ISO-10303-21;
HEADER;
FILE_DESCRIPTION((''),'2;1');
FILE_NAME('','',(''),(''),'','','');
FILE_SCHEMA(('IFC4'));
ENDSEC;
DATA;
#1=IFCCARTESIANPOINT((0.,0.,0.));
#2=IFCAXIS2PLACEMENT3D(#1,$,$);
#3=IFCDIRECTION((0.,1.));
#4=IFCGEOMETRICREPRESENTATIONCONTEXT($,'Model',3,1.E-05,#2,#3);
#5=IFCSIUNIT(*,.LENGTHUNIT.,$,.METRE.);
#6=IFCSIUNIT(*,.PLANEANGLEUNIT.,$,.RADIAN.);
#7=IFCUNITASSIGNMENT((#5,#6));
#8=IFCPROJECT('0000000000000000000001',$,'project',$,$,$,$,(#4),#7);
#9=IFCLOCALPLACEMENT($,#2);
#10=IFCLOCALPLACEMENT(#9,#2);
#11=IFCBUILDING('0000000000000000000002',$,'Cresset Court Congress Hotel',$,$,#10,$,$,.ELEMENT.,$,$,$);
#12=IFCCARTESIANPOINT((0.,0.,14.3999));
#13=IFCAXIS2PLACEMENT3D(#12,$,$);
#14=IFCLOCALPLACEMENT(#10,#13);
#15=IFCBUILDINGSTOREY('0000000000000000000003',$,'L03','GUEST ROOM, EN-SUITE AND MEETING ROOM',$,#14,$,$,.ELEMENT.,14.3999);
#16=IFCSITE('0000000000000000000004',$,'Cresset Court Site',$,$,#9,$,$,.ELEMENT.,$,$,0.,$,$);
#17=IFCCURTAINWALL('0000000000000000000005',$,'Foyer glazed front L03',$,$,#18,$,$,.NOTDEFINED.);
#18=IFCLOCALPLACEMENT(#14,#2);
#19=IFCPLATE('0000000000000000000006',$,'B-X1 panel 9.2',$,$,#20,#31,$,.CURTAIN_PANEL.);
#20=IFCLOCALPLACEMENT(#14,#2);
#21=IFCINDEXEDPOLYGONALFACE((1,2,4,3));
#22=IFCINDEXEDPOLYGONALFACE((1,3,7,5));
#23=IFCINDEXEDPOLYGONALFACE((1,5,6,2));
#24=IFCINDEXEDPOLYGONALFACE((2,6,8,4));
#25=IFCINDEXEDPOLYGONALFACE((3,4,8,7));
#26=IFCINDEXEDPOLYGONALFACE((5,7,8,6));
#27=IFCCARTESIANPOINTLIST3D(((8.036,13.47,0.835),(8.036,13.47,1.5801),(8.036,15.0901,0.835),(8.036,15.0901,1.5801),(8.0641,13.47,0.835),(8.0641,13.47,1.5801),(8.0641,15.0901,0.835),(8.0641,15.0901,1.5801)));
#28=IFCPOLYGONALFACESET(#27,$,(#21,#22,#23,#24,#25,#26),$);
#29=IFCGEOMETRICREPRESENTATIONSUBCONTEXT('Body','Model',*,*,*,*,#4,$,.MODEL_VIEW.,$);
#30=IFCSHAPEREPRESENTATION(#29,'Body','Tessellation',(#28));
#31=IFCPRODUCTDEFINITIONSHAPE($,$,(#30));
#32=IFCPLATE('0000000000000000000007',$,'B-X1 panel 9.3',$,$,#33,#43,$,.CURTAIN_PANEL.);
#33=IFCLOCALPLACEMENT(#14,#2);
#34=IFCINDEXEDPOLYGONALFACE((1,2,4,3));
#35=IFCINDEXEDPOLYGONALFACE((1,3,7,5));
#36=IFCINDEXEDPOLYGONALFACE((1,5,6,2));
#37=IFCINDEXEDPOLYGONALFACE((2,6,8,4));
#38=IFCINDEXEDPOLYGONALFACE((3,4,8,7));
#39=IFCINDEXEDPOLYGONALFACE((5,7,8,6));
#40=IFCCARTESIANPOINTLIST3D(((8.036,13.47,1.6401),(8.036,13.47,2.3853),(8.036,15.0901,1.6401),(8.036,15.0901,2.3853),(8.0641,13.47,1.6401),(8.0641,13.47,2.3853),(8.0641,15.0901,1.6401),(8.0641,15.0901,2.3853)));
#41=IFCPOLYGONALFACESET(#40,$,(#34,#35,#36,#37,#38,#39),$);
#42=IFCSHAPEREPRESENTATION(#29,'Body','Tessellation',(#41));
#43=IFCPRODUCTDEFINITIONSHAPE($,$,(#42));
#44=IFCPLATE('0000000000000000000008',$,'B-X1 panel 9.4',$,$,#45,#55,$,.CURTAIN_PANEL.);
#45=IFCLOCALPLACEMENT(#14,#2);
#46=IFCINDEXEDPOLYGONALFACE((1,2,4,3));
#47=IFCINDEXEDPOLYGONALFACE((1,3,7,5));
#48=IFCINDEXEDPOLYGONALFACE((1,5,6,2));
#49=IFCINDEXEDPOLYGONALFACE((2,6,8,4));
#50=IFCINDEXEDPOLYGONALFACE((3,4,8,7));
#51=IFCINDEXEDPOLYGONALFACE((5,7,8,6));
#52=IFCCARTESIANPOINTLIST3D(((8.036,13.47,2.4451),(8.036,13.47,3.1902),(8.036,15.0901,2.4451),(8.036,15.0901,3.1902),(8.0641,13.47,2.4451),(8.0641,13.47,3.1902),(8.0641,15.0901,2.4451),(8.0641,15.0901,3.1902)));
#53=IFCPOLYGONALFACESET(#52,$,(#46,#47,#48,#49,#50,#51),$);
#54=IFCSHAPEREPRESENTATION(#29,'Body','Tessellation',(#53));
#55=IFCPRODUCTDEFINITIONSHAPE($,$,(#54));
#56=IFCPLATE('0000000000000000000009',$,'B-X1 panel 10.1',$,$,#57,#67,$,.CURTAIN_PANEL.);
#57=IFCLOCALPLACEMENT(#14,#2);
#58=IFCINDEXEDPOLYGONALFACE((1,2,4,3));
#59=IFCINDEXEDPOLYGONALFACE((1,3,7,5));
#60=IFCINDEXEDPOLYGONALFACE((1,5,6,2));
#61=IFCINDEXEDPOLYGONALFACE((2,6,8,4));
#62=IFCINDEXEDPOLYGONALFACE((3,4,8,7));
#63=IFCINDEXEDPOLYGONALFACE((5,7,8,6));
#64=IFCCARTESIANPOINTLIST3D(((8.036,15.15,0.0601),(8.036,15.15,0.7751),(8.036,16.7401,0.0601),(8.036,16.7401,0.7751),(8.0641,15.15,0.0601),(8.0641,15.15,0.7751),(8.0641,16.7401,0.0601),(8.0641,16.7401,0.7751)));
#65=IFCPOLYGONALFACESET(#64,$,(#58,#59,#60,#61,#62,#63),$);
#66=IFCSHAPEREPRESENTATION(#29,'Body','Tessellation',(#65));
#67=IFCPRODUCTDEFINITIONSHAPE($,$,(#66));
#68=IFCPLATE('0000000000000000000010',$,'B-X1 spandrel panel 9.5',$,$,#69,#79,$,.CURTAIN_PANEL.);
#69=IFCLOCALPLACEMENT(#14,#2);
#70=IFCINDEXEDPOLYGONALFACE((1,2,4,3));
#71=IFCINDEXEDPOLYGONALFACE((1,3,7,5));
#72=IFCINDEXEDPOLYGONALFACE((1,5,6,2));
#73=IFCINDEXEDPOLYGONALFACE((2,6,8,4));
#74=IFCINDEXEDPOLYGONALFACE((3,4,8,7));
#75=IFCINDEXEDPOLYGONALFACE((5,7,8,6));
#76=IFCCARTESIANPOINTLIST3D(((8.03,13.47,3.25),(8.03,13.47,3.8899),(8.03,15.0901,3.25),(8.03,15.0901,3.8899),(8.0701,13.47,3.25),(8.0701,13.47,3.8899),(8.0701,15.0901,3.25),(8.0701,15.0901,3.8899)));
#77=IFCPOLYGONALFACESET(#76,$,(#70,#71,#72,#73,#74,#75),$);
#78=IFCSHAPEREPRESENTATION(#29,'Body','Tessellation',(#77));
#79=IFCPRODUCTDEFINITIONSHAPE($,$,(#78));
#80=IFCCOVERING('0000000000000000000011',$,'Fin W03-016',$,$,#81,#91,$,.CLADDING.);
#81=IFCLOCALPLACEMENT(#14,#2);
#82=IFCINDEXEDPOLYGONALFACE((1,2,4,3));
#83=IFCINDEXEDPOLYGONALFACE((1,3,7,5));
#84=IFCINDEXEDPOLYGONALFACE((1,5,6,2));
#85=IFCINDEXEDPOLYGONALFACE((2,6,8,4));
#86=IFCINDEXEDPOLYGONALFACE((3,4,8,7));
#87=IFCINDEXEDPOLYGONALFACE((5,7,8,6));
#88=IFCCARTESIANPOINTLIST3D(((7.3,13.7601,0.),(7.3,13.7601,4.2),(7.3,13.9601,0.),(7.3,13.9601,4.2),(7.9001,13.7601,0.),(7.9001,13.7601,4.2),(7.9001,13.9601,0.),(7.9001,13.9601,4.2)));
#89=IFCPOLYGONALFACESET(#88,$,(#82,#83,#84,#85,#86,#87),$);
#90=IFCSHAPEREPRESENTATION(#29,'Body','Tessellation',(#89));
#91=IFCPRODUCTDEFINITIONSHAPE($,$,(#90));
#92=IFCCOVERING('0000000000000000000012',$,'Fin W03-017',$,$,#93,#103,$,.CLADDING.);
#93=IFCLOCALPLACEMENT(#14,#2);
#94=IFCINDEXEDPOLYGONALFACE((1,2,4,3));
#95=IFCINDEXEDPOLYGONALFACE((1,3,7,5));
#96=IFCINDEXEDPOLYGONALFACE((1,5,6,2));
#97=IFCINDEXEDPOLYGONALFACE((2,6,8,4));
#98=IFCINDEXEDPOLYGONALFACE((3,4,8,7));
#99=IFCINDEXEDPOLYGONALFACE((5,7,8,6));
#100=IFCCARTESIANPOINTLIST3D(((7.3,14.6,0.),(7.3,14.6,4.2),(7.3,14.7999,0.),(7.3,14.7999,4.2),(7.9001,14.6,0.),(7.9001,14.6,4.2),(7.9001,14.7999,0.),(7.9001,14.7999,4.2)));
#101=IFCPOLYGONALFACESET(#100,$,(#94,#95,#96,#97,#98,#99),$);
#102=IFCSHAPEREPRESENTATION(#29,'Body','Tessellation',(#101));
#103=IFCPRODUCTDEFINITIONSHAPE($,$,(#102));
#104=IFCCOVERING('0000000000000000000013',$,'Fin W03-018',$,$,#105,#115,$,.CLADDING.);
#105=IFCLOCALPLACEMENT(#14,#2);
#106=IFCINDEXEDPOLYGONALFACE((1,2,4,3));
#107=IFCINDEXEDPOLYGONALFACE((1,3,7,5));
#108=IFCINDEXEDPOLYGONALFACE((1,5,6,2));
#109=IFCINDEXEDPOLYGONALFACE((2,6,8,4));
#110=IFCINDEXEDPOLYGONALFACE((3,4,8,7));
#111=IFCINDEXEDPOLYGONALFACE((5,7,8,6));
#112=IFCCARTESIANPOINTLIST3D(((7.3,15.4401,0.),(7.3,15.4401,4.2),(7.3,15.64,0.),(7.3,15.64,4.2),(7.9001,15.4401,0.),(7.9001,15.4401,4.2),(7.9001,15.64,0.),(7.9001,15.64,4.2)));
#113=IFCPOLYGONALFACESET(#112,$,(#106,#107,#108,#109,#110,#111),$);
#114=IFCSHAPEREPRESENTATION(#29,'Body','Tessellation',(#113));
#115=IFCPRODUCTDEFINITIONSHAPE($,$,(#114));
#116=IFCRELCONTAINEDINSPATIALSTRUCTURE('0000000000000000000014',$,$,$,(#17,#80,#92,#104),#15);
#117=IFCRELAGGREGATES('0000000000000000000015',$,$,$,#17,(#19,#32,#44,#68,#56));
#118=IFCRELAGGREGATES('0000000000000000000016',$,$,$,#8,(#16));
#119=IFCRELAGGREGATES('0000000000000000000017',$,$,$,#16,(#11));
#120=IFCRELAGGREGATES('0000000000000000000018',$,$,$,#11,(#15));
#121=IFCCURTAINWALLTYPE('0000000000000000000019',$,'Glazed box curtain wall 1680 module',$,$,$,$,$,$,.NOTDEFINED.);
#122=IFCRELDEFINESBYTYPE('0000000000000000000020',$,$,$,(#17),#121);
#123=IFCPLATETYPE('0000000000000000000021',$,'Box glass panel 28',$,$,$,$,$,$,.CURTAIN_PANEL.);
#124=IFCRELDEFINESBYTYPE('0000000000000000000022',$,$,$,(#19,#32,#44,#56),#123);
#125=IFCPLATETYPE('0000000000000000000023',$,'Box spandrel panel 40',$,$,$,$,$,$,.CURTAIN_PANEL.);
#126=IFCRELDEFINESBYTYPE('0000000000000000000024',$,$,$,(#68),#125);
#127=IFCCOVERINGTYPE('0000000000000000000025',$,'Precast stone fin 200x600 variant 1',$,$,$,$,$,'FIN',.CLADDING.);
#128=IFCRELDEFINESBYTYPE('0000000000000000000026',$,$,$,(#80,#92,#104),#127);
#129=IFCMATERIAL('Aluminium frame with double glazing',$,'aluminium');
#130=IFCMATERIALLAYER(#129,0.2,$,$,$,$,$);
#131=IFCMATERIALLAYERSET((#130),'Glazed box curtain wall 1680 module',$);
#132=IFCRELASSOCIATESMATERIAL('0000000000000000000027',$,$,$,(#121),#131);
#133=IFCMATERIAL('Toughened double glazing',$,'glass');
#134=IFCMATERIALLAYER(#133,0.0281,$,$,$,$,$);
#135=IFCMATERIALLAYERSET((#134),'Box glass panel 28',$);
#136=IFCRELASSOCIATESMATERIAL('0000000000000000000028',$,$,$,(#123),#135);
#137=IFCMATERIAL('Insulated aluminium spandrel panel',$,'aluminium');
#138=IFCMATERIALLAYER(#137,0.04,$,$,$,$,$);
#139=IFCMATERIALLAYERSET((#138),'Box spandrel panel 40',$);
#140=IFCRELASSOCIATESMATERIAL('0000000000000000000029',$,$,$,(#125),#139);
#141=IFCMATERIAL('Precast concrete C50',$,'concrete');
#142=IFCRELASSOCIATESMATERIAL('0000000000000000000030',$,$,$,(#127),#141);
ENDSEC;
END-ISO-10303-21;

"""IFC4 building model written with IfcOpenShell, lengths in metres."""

from ifc_helpers import new_model, si_unit, direction, frame, origin, origin_2d, place, context, subcontext, project, spatial, rectangle, extrude, material, layer, layer_set, type_object, element, aggregate, save


model = new_model("IFC4")

# Units and contexts
model_context = context("Model", 3, precision=1e-05, world=origin(), true_north=direction((0.0, 1.0)))
body_context = subcontext(model_context, "Body", "Model", "MODEL_VIEW")
ifc_project = project(units=[si_unit("LENGTHUNIT", "METRE"), si_unit("PLANEANGLEUNIT", "RADIAN")], contexts=[model_context])

# Site, building, storey
site_placement = place(None, origin())
site = spatial("IfcSite", under=ifc_project, at=site_placement, Name="Cresset Court Site", CompositionType="ELEMENT", RefElevation=0.0)
building_placement = place(site_placement, origin())
building = spatial("IfcBuilding", under=site, at=building_placement, Name="Cresset Court Congress Hotel", CompositionType="ELEMENT")
storey_placement = place(building_placement, frame((0.0, 0.0, 14.3999)))
storey = spatial("IfcBuildingStorey", under=building, at=storey_placement, Name="L03", Description="GUEST ROOM, EN-SUITE AND MEETING ROOM", CompositionType="ELEMENT", Elevation=14.3999)

# Curtain wall, plates
ifc_material_1 = material(Name="Aluminium frame with double glazing", Category="aluminium")
ifc_layer_1 = layer(ifc_material_1, 0.2)
ifc_layer_set_1 = layer_set([ifc_layer_1], Name="Glazed box curtain wall 1680 module")
curtain_wall_type = type_object("IfcCurtainWallType", Name="Glazed box curtain wall 1680 module", PredefinedType="NOTDEFINED", material=ifc_layer_set_1)
curtain_wall_placement = place(storey_placement, origin())
curtain_wall = element("IfcCurtainWall", 1, at=curtain_wall_placement, inside=storey, type_object=curtain_wall_type, Name="Foyer glazed front L03", PredefinedType="NOTDEFINED")
ifc_material_2 = material(Name="Toughened double glazing", Category="glass")
ifc_layer_2 = layer(ifc_material_2, 0.0281)
ifc_layer_set_2 = layer_set([ifc_layer_2], Name="Box glass panel 28")
plate_type_1 = type_object("IfcPlateType", Name="Box glass panel 28", PredefinedType="CURTAIN_PANEL", material=ifc_layer_set_2)
plate_1_placement = place(storey_placement, frame((8.05, 14.28, 0.835), z_axis=(0.0, 0.0, 1.0), x_axis=(0.0, 1.0, 0.0)))
plate_1 = element("IfcPlate", 2, at=plate_1_placement, type_object=plate_type_1, Name="B-X1 panel 9.2", PredefinedType="CURTAIN_PANEL", context=body_context, shape_type="SweptSolid", body=[
    extrude(rectangle(XDim=1.6201, YDim=0.0281, at=origin_2d()), origin(), (0.0, 0.0, 1.0), 0.7451),
])
plate_2_placement = place(storey_placement, frame((8.05, 14.28, 1.6401), z_axis=(0.0, 0.0, 1.0), x_axis=(0.0, 1.0, 0.0)))
plate_2 = element("IfcPlate", 3, at=plate_2_placement, type_object=plate_type_1, Name="B-X1 panel 9.3", PredefinedType="CURTAIN_PANEL", context=body_context, shape_type="SweptSolid", body=[
    extrude(rectangle(XDim=1.6201, YDim=0.0281, at=origin_2d()), origin(), (0.0, 0.0, 1.0), 0.7451),
])
plate_3_placement = place(storey_placement, frame((8.05, 14.28, 2.4451), z_axis=(0.0, 0.0, 1.0), x_axis=(0.0, 1.0, 0.0)))
plate_3 = element("IfcPlate", 4, at=plate_3_placement, type_object=plate_type_1, Name="B-X1 panel 9.4", PredefinedType="CURTAIN_PANEL", context=body_context, shape_type="SweptSolid", body=[
    extrude(rectangle(XDim=1.6201, YDim=0.0281, at=origin_2d()), origin(), (0.0, 0.0, 1.0), 0.7451),
])
plate_4_placement = place(storey_placement, frame((8.05, 15.9451, 0.0601), z_axis=(0.0, 0.0, 1.0), x_axis=(0.0, 1.0, 0.0)))
plate_4 = element("IfcPlate", 5, at=plate_4_placement, type_object=plate_type_1, Name="B-X1 panel 10.1", PredefinedType="CURTAIN_PANEL", context=body_context, shape_type="SweptSolid", body=[
    extrude(rectangle(XDim=1.5901, YDim=0.0281, at=origin_2d()), origin(), (0.0, 0.0, 1.0), 0.7151),
])
ifc_material_3 = material(Name="Insulated aluminium spandrel panel", Category="aluminium")
ifc_layer_3 = layer(ifc_material_3, 0.04)
ifc_layer_set_3 = layer_set([ifc_layer_3], Name="Box spandrel panel 40")
plate_type_2 = type_object("IfcPlateType", Name="Box spandrel panel 40", PredefinedType="CURTAIN_PANEL", material=ifc_layer_set_3)
plate_5_placement = place(storey_placement, frame((8.05, 14.28, 3.25), z_axis=(0.0, 0.0, 1.0), x_axis=(0.0, 1.0, 0.0)))
plate_5 = element("IfcPlate", 6, at=plate_5_placement, type_object=plate_type_2, Name="B-X1 spandrel panel 9.5", PredefinedType="CURTAIN_PANEL", context=body_context, shape_type="SweptSolid", body=[
    extrude(rectangle(XDim=1.6201, YDim=0.04, at=origin_2d()), origin(), (0.0, 0.0, 1.0), 0.6399),
])
aggregate(curtain_wall, [plate_1, plate_2, plate_3, plate_5, plate_4])

# Coverings
ifc_material_4 = material(Name="Precast concrete C50", Category="concrete")
covering_type = type_object("IfcCoveringType", Name="Precast stone fin 200x600 variant 1", ElementType="FIN", PredefinedType="CLADDING", material=ifc_material_4)
for number, where, z_axis, x_axis, name in (
    (7, (7.6001, 13.8601, 0.0), (0.0, 0.0, 1.0), (1.0, 0.0, 0.0), "Fin W03-016"),
    (8, (7.6001, 14.7, 0.0), (0.0, 0.0, 1.0), (1.0, 0.0, 0.0), "Fin W03-017"),
    (9, (7.6001, 15.54, 0.0), (0.0, 0.0, 1.0), (1.0, 0.0, 0.0), "Fin W03-018"),
):
    element("IfcCovering", number, at=place(storey_placement, frame(where, z_axis=z_axis, x_axis=x_axis)), inside=storey, type_object=covering_type, Name=name, PredefinedType="CLADDING", context=body_context, shape_type="SweptSolid", body=[
        extrude(rectangle(XDim=0.6001, YDim=0.2, at=origin_2d()), origin(), (0.0, 0.0, 1.0), 4.2),
    ])

save(model, "model.ifc")
